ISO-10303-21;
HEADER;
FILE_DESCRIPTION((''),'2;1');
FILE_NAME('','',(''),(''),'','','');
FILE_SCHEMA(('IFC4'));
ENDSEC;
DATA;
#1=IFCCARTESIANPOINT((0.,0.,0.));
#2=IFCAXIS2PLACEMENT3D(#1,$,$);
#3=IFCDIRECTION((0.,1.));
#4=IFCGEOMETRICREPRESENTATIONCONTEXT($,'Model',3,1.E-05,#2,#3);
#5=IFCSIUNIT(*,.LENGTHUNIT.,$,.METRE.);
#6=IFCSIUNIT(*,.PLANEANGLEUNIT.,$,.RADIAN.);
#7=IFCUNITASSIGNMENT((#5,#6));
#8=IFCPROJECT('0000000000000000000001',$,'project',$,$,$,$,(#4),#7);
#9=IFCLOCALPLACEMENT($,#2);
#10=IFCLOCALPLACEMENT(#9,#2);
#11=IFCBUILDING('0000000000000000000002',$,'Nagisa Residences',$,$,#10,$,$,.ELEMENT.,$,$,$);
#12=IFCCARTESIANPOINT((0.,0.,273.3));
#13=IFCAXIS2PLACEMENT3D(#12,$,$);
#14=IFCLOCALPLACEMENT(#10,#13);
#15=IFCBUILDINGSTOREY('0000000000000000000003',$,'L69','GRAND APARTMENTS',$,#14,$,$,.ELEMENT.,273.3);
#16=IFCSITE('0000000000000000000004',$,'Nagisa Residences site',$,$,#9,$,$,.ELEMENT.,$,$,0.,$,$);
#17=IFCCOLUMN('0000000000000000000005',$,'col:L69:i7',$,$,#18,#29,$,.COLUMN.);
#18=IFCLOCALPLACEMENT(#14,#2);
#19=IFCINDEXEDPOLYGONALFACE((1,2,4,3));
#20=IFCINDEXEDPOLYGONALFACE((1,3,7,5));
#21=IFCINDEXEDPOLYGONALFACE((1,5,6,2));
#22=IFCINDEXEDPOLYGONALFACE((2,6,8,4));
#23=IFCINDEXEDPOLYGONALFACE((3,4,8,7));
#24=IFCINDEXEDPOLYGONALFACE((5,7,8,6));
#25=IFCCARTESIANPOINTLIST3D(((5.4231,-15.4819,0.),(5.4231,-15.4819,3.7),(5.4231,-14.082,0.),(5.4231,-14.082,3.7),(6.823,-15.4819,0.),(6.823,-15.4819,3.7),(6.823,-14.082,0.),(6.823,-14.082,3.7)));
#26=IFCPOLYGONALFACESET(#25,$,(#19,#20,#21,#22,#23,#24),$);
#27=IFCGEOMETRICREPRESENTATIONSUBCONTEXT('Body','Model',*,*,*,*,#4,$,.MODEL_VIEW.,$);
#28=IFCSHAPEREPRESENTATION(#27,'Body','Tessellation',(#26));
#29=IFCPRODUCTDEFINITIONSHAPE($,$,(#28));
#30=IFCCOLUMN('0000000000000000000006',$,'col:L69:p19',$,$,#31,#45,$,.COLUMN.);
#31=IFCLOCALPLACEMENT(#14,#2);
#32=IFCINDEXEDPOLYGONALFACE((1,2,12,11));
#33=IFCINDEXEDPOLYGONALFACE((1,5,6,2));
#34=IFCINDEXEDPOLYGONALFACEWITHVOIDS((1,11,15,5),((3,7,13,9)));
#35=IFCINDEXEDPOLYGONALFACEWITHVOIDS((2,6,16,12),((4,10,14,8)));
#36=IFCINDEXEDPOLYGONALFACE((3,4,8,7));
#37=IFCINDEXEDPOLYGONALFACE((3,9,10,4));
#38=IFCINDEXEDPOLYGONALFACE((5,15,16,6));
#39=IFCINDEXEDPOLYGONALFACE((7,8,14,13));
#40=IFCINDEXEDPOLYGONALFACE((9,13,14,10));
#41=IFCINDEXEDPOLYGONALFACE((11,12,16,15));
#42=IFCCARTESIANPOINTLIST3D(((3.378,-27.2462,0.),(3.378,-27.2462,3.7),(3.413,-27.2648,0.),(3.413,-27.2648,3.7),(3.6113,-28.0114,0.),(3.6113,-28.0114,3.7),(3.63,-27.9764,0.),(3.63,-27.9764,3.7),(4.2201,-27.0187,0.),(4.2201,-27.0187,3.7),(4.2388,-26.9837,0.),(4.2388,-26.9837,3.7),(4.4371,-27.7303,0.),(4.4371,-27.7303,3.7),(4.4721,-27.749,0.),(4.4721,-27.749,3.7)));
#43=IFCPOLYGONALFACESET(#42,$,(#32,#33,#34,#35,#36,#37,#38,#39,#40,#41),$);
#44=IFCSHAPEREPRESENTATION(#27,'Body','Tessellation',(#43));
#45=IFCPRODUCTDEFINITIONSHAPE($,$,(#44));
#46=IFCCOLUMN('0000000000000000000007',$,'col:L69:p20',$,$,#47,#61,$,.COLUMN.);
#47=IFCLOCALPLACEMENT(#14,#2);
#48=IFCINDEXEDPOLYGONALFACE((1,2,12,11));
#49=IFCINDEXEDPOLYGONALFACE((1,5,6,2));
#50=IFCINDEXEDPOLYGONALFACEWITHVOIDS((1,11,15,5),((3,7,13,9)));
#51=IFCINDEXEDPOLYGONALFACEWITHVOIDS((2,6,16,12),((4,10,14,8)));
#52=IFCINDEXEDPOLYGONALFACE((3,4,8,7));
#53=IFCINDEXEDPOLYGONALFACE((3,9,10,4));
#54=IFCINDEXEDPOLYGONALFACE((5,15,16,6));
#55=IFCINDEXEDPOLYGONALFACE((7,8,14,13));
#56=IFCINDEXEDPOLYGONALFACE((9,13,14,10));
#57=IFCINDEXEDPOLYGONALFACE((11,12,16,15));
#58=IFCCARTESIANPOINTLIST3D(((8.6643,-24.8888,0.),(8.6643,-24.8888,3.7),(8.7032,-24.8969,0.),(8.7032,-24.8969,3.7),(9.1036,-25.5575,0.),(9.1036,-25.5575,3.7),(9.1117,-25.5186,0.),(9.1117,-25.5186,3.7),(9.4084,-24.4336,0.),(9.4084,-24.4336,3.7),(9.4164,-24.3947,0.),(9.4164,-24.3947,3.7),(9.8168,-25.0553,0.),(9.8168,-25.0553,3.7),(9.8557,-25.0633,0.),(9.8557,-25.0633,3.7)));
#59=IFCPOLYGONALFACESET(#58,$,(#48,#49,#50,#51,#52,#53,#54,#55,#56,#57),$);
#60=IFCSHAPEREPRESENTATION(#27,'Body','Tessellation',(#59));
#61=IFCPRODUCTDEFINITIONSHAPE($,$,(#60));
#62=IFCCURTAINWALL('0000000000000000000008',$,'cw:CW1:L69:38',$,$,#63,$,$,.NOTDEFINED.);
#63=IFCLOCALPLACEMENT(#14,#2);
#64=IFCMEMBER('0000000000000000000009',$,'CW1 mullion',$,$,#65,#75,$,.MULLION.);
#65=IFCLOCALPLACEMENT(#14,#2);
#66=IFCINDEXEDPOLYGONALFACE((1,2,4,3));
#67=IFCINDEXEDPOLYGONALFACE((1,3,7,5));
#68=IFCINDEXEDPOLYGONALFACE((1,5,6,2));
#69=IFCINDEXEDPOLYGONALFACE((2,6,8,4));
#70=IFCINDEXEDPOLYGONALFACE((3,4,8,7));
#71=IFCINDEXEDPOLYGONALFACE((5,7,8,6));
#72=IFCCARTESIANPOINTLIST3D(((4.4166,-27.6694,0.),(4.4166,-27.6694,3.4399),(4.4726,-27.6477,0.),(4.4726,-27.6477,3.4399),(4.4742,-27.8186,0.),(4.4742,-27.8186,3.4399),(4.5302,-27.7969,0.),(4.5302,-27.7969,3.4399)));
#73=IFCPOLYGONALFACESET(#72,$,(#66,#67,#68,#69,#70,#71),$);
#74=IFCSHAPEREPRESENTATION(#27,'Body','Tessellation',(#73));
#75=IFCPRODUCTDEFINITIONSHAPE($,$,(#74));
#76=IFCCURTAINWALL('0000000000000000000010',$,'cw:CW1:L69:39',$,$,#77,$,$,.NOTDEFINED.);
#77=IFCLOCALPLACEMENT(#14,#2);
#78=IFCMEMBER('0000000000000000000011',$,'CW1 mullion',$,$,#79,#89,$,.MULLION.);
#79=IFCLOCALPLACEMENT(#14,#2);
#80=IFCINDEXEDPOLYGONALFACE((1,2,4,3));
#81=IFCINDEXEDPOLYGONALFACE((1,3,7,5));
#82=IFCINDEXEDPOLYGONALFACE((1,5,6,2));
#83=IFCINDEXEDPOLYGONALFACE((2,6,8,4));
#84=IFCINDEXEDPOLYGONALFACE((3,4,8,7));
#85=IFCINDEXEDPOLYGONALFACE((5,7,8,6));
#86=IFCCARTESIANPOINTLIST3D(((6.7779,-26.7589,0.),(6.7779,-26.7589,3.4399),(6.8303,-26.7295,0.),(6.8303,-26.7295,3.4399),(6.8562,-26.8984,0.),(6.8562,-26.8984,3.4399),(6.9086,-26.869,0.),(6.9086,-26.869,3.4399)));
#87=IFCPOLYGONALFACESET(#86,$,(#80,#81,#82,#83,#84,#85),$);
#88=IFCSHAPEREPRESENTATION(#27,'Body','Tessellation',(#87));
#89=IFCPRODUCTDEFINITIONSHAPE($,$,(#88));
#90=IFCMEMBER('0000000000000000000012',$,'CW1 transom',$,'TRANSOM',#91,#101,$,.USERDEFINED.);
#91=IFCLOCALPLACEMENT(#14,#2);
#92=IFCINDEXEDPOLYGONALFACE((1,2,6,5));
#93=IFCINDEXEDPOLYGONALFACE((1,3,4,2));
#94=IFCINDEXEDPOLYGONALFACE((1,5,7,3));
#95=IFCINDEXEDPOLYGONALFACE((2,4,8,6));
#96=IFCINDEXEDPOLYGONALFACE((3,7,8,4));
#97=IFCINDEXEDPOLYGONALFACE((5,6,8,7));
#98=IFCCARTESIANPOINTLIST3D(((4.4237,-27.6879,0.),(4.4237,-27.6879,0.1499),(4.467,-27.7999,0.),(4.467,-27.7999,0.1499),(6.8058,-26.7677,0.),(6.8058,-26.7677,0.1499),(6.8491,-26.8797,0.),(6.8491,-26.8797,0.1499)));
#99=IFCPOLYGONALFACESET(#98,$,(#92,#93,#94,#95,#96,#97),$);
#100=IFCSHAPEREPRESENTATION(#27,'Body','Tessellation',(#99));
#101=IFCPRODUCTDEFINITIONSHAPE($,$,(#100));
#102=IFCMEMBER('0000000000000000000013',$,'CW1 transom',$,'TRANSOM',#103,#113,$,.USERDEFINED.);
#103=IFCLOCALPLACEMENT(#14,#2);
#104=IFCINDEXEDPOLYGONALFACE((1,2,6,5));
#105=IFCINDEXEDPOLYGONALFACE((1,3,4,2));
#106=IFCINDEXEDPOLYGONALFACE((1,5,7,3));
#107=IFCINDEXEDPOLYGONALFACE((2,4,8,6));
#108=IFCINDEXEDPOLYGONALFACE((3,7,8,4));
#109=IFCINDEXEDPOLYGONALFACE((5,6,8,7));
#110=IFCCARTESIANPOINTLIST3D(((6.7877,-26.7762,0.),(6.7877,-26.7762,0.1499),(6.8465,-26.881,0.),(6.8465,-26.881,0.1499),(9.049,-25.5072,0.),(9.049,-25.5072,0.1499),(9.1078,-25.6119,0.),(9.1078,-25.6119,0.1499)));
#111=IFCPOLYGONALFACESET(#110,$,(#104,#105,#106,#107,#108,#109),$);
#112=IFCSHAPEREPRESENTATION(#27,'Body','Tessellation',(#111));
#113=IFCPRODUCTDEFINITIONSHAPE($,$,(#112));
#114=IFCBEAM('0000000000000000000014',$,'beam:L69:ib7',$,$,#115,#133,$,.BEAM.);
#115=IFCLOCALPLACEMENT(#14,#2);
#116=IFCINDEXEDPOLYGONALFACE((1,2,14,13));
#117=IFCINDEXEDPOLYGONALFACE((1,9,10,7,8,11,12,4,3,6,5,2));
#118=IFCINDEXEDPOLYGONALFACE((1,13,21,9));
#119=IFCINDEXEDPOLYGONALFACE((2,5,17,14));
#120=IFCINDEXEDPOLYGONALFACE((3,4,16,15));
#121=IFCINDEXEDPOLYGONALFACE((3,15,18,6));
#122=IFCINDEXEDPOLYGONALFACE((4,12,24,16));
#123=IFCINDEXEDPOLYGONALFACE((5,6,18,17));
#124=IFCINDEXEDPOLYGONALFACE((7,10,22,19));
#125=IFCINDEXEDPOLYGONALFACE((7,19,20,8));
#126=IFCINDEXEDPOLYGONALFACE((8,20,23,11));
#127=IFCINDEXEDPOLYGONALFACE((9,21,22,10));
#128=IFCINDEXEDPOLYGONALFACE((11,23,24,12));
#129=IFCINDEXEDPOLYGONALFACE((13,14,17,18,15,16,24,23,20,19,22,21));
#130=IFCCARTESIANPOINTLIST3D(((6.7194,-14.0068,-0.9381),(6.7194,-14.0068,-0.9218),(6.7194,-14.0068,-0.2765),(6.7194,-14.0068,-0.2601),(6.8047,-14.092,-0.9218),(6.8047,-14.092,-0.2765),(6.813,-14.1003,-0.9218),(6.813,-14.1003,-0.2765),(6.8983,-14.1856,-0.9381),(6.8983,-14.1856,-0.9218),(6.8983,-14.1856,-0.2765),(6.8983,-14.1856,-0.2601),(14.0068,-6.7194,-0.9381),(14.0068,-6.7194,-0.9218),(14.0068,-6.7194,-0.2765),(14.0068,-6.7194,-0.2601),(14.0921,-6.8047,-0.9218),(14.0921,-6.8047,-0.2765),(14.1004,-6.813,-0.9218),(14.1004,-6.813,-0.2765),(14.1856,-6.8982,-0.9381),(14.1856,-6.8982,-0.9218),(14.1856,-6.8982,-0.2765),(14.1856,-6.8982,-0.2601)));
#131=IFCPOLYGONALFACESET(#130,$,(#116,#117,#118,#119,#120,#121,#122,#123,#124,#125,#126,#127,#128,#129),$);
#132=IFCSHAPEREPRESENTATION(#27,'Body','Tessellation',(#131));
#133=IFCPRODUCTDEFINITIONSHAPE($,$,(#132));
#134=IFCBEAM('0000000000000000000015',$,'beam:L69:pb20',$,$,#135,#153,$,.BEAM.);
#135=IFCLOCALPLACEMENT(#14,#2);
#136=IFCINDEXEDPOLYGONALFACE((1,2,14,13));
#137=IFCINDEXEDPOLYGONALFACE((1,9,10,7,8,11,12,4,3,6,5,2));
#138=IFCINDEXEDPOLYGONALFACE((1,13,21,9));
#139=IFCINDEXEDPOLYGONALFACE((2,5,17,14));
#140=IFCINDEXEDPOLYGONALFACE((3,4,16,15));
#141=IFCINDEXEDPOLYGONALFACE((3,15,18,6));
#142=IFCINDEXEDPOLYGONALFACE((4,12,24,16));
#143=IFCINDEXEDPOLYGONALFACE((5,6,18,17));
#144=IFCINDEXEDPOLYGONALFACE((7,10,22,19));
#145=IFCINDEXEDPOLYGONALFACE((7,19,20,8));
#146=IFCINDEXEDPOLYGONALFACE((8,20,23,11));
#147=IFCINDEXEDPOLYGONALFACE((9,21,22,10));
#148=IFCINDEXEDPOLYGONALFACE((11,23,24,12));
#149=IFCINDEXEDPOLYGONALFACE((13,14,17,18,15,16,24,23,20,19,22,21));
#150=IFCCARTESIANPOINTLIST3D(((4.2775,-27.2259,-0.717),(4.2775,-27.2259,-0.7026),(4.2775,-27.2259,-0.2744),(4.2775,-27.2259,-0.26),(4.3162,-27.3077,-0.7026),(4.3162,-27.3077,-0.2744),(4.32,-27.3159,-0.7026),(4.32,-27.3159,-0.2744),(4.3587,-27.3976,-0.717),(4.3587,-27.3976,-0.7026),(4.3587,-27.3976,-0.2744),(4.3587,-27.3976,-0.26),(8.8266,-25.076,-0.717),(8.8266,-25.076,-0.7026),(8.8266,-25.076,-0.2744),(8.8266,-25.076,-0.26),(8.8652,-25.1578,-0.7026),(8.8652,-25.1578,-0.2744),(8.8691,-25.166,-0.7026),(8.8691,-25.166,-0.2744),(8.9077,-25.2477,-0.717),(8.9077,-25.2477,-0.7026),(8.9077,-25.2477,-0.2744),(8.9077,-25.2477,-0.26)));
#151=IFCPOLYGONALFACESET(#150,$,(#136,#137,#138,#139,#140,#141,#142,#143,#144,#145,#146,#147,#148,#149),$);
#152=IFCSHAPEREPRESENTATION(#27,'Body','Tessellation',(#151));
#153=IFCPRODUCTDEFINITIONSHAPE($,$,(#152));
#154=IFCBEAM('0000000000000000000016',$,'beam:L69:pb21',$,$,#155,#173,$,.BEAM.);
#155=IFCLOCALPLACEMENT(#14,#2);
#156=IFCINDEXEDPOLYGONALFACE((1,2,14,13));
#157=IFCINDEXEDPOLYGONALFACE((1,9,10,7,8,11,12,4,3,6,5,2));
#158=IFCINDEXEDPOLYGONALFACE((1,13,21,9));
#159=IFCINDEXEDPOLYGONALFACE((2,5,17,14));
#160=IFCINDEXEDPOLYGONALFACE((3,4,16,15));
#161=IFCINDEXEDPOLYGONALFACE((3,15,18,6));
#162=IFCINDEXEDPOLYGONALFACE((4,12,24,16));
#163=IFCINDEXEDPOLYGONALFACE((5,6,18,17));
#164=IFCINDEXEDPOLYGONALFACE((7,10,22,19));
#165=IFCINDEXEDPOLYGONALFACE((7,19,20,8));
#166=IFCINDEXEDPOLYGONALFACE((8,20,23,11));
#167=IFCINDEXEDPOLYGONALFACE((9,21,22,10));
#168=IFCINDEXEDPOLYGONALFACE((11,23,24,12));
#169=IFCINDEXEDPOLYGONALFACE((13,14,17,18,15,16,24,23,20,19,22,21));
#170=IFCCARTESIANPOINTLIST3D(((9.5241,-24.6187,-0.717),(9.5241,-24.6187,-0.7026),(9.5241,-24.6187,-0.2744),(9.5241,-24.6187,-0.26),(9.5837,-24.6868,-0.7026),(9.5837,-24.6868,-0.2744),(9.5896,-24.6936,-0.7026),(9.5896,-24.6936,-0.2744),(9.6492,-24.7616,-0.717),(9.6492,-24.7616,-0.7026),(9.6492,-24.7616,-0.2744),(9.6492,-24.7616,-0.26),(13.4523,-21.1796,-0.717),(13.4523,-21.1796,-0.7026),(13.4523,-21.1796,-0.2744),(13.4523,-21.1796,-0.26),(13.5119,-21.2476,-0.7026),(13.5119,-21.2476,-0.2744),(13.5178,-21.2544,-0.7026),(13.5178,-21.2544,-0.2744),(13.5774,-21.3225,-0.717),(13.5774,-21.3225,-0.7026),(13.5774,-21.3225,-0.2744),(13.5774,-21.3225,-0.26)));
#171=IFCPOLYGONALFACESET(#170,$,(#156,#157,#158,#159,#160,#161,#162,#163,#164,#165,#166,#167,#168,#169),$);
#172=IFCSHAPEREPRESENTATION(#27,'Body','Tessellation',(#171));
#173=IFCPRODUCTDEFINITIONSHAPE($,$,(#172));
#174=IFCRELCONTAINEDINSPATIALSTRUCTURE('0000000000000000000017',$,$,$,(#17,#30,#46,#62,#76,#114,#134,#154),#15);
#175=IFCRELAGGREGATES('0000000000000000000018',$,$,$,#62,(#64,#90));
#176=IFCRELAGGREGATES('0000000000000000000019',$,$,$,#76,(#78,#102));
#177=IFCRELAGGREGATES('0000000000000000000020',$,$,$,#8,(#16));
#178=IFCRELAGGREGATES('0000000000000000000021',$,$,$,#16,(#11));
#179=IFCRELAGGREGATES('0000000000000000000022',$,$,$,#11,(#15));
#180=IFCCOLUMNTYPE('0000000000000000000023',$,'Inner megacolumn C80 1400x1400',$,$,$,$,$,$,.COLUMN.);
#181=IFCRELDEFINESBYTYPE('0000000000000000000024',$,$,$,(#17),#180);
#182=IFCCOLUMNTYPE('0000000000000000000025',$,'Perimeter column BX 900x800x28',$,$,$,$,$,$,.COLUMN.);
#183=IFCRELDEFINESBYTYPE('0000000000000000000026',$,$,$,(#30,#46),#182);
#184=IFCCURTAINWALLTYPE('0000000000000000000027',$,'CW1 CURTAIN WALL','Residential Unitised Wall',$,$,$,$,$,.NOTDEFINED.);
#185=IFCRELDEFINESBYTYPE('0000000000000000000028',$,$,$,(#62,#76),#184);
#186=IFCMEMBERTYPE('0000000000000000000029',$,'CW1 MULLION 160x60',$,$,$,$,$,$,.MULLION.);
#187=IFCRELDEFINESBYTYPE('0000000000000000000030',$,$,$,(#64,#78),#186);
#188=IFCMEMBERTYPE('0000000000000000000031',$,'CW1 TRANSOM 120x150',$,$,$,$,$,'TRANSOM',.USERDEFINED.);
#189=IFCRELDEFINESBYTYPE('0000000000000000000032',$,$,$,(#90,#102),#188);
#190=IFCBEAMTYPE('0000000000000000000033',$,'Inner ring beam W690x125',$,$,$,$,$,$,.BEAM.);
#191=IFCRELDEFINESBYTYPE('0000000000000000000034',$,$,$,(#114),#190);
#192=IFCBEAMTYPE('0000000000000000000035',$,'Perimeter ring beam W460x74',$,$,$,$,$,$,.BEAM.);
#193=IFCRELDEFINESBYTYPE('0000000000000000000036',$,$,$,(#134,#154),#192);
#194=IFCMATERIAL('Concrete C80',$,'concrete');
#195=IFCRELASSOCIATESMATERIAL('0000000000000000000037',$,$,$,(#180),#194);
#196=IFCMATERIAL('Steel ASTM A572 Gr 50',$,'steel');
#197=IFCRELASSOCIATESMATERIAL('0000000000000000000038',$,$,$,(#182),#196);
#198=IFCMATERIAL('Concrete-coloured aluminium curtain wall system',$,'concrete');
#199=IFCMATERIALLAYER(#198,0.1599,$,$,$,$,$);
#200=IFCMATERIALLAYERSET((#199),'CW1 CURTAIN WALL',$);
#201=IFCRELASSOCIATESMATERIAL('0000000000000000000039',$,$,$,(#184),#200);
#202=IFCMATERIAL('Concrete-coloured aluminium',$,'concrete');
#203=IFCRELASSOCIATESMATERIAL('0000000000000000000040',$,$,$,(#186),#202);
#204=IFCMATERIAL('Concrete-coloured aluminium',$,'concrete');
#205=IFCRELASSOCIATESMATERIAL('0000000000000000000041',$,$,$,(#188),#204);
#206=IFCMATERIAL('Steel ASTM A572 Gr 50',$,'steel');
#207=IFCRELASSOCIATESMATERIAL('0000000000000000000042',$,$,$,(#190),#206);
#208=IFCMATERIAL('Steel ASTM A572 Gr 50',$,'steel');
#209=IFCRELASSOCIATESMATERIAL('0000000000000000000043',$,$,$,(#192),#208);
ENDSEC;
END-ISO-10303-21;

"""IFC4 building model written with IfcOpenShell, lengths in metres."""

from ifc_helpers import new_model, si_unit, direction, frame, origin, origin_2d, place, context, subcontext, project, spatial, rectangle, hollow_rectangle, i_section, extrude, material, layer, layer_set, material_profile, profile_set, type_object, element, aggregate, save


model = new_model("IFC4")

# Units and contexts
model_context = context("Model", 3, precision=1e-05, world=origin(), true_north=direction((0.0, 1.0)))
body_context = subcontext(model_context, "Body", "Model", "MODEL_VIEW")
ifc_project = project(units=[si_unit("LENGTHUNIT", "METRE"), si_unit("PLANEANGLEUNIT", "RADIAN")], contexts=[model_context])

# Site, building, storey
site_placement = place(None, origin())
site = spatial("IfcSite", under=ifc_project, at=site_placement, Name="Nagisa Residences site", CompositionType="ELEMENT", RefElevation=0.0)
building_placement = place(site_placement, origin())
building = spatial("IfcBuilding", under=site, at=building_placement, Name="Nagisa Residences", CompositionType="ELEMENT")
storey_placement = place(building_placement, frame((0.0, 0.0, 273.3)))
storey = spatial("IfcBuildingStorey", under=building, at=storey_placement, Name="L69", Description="GRAND APARTMENTS", CompositionType="ELEMENT", Elevation=273.3)

# Columns
ifc_material_1 = material(Name="Concrete C80", Category="concrete")
ifc_material_profile_1 = material_profile(ifc_material_1, rectangle(XDim=1.3999, YDim=1.3999, at=origin_2d()), Name="C80 1400x1400")
ifc_profile_set_1 = profile_set([ifc_material_profile_1], Name="Concrete C80")
column_type_1 = type_object("IfcColumnType", Name="Inner megacolumn C80 1400x1400", PredefinedType="COLUMN", material=ifc_profile_set_1)
column_placement = place(storey_placement, frame((6.123, -14.782, 0.0), z_axis=(0.0, 0.0, 1.0), x_axis=(1.0, 0.0, 0.0)))
element("IfcColumn", 1, at=column_placement, inside=storey, type_object=column_type_1, Name="col:L69:i7", PredefinedType="COLUMN", context=body_context, shape_type="SweptSolid", body=[
    extrude(rectangle(XDim=1.3999, YDim=1.3999, at=origin_2d()), origin(), (0.0, 0.0, 1.0), 3.7),
])
ifc_material_2 = material(Name="Steel ASTM A572 Gr 50", Category="steel")
ifc_material_profile_2 = material_profile(ifc_material_2, hollow_rectangle(XDim=0.8999, YDim=0.8, WallThickness=0.0281, at=origin_2d()), Name="BX 900x800x28")
ifc_profile_set_2 = profile_set([ifc_material_profile_2], Name="Steel ASTM A572 Gr 50")
column_type_2 = type_object("IfcColumnType", Name="Perimeter column BX 900x800x28", PredefinedType="COLUMN", material=ifc_profile_set_2)
for number, where, z_axis, x_axis, name in (
    (2, (3.925, -27.4976, 0.0), (0.0, 0.0, 1.0), (0.956525, 0.291652, 0.0), "col:L69:p19"),
    (3, (9.26, -24.9761, 0.0), (0.0, 0.0, 1.0), (0.835766, 0.549086, 0.0), "col:L69:p20"),
):
    element("IfcColumn", number, at=place(storey_placement, frame(where, z_axis=z_axis, x_axis=x_axis)), inside=storey, type_object=column_type_2, Name=name, PredefinedType="COLUMN", context=body_context, shape_type="SweptSolid", body=[
        extrude(hollow_rectangle(XDim=0.8999, YDim=0.8, WallThickness=0.0281, at=origin_2d()), origin(), (0.0, 0.0, 1.0), 3.7),
    ])

# Curtain walls, members
ifc_material_3 = material(Name="Concrete-coloured aluminium curtain wall system", Category="concrete")
ifc_layer_1 = layer(ifc_material_3, 0.1599)
ifc_layer_set_1 = layer_set([ifc_layer_1], Name="CW1 CURTAIN WALL")
curtain_wall_type = type_object("IfcCurtainWallType", Name="CW1 CURTAIN WALL", Description="Residential Unitised Wall", PredefinedType="NOTDEFINED", material=ifc_layer_set_1)
curtain_wall_1_placement = place(storey_placement, origin())
curtain_wall_1 = element("IfcCurtainWall", 4, at=curtain_wall_1_placement, inside=storey, type_object=curtain_wall_type, Name="cw:CW1:L69:38", PredefinedType="NOTDEFINED")
ifc_material_4 = material(Name="Concrete-coloured aluminium", Category="concrete")
ifc_material_profile_3 = material_profile(ifc_material_4, rectangle(XDim=0.1599, YDim=0.0601, at=origin_2d()), Name="CW1 MULLION 160x60")
ifc_profile_set_3 = profile_set([ifc_material_profile_3], Name="Concrete-coloured aluminium")
member_type_1 = type_object("IfcMemberType", Name="CW1 MULLION 160x60", PredefinedType="MULLION", material=ifc_profile_set_3)
member_1_placement = place(storey_placement, frame((4.4734, -27.7332, 0.0), z_axis=(0.0, 0.0, 1.0), x_axis=(-0.360328, 0.932826, 0.0)))
member_1 = element("IfcMember", 5, at=member_1_placement, type_object=member_type_1, Name="CW1 mullion", PredefinedType="MULLION", context=body_context, shape_type="SweptSolid", body=[
    extrude(rectangle(XDim=0.1599, YDim=0.0601, at=origin_2d()), origin(), (0.0, 0.0, 1.0), 3.4399),
])
curtain_wall_2_placement = place(storey_placement, origin())
curtain_wall_2 = element("IfcCurtainWall", 6, at=curtain_wall_2_placement, inside=storey, type_object=curtain_wall_type, Name="cw:CW1:L69:39", PredefinedType="NOTDEFINED")
member_2_placement = place(storey_placement, frame((6.8433, -26.814, 0.0), z_axis=(0.0, 0.0, 1.0), x_axis=(-0.489377, 0.872072, 0.0)))
member_2 = element("IfcMember", 7, at=member_2_placement, type_object=member_type_1, Name="CW1 mullion", PredefinedType="MULLION", context=body_context, shape_type="SweptSolid", body=[
    extrude(rectangle(XDim=0.1599, YDim=0.0601, at=origin_2d()), origin(), (0.0, 0.0, 1.0), 3.4399),
])

# Members
ifc_material_5 = material(Name="Concrete-coloured aluminium", Category="concrete")
ifc_material_profile_4 = material_profile(ifc_material_5, rectangle(XDim=0.1201, YDim=0.1499, at=origin_2d()), Name="CW1 TRANSOM 120x150")
ifc_profile_set_4 = profile_set([ifc_material_profile_4], Name="Concrete-coloured aluminium")
member_type_2 = type_object("IfcMemberType", Name="CW1 TRANSOM 120x150", ElementType="TRANSOM", PredefinedType="USERDEFINED", material=ifc_profile_set_4)
member_3_placement = place(storey_placement, frame((4.4453, -27.7439, 0.075), z_axis=(0.932822, 0.360337, 0.0), x_axis=(-0.360337, 0.932822, 0.0)))
member_3 = element("IfcMember", 8, at=member_3_placement, type_object=member_type_2, Name="CW1 transom", ObjectType="TRANSOM", PredefinedType="USERDEFINED", context=body_context, shape_type="SweptSolid", body=[
    extrude(rectangle(XDim=0.1201, YDim=0.1499, at=origin_2d()), origin(), (0.0, 0.0, 1.0), 2.5537),
])
member_4_placement = place(storey_placement, frame((6.8171, -26.8286, 0.075), z_axis=(0.872053, 0.489412, 0.0), x_axis=(-0.489412, 0.872053, 0.0)))
member_4 = element("IfcMember", 9, at=member_4_placement, type_object=member_type_2, Name="CW1 transom", ObjectType="TRANSOM", PredefinedType="USERDEFINED", context=body_context, shape_type="SweptSolid", body=[
    extrude(rectangle(XDim=0.1201, YDim=0.1499, at=origin_2d()), origin(), (0.0, 0.0, 1.0), 2.593),
])

# Beams
ifc_material_6 = material(Name="Steel ASTM A572 Gr 50", Category="steel")
ifc_material_profile_5 = material_profile(ifc_material_6, i_section(OverallWidth=0.2529, OverallDepth=0.678, WebThickness=0.0117, FlangeThickness=0.0164, at=origin_2d()), Name="W690x125")
ifc_profile_set_5 = profile_set([ifc_material_profile_5], Name="Steel ASTM A572 Gr 50")
beam_type_1 = type_object("IfcBeamType", Name="Inner ring beam W690x125", PredefinedType="BEAM", material=ifc_profile_set_5)
beam_1_placement = place(storey_placement, frame((6.8088, -14.0962, -0.5991), z_axis=(0.707107, 0.707107, 0.0), x_axis=(-0.707107, 0.707107, 0.0)))
element("IfcBeam", 10, at=beam_1_placement, inside=storey, type_object=beam_type_1, Name="beam:L69:ib7", PredefinedType="BEAM", context=body_context, shape_type="SweptSolid", body=[
    extrude(i_section(OverallWidth=0.2529, OverallDepth=0.678, WebThickness=0.0117, FlangeThickness=0.0164, at=origin_2d()), origin(), (0.0, 0.0, 1.0), 10.3059),
])
ifc_material_7 = material(Name="Steel ASTM A572 Gr 50", Category="steel")
ifc_material_profile_6 = material_profile(ifc_material_7, i_section(OverallWidth=0.1899, OverallDepth=0.457, WebThickness=0.009, FlangeThickness=0.0144, at=origin_2d()), Name="W460x74")
ifc_profile_set_6 = profile_set([ifc_material_profile_6], Name="Steel ASTM A572 Gr 50")
beam_type_2 = type_object("IfcBeamType", Name="Perimeter ring beam W460x74", PredefinedType="BEAM", material=ifc_profile_set_6)
beam_2_placement = place(storey_placement, frame((4.3181, -27.3118, -0.4885), z_axis=(0.904116, 0.427287, 0.0), x_axis=(-0.427287, 0.904116, 0.0)))
element("IfcBeam", 11, at=beam_2_placement, inside=storey, type_object=beam_type_2, Name="beam:L69:pb20", PredefinedType="BEAM", context=body_context, shape_type="SweptSolid", body=[
    extrude(i_section(OverallWidth=0.1899, OverallDepth=0.457, WebThickness=0.009, FlangeThickness=0.0144, at=origin_2d()), origin(), (0.0, 0.0, 1.0), 5.0315),
])
beam_3_placement = place(storey_placement, frame((9.5867, -24.6902, -0.4885), z_axis=(0.752385, 0.658723, 0.0), x_axis=(-0.658723, 0.752385, 0.0)))
element("IfcBeam", 12, at=beam_3_placement, inside=storey, type_object=beam_type_2, Name="beam:L69:pb21", PredefinedType="BEAM", context=body_context, shape_type="SweptSolid", body=[
    extrude(i_section(OverallWidth=0.1899, OverallDepth=0.457, WebThickness=0.009, FlangeThickness=0.0144, at=origin_2d()), origin(), (0.0, 0.0, 1.0), 5.2209),
])

aggregate(curtain_wall_1, [member_1, member_3])
aggregate(curtain_wall_2, [member_2, member_4])

save(model, "model.ifc")
